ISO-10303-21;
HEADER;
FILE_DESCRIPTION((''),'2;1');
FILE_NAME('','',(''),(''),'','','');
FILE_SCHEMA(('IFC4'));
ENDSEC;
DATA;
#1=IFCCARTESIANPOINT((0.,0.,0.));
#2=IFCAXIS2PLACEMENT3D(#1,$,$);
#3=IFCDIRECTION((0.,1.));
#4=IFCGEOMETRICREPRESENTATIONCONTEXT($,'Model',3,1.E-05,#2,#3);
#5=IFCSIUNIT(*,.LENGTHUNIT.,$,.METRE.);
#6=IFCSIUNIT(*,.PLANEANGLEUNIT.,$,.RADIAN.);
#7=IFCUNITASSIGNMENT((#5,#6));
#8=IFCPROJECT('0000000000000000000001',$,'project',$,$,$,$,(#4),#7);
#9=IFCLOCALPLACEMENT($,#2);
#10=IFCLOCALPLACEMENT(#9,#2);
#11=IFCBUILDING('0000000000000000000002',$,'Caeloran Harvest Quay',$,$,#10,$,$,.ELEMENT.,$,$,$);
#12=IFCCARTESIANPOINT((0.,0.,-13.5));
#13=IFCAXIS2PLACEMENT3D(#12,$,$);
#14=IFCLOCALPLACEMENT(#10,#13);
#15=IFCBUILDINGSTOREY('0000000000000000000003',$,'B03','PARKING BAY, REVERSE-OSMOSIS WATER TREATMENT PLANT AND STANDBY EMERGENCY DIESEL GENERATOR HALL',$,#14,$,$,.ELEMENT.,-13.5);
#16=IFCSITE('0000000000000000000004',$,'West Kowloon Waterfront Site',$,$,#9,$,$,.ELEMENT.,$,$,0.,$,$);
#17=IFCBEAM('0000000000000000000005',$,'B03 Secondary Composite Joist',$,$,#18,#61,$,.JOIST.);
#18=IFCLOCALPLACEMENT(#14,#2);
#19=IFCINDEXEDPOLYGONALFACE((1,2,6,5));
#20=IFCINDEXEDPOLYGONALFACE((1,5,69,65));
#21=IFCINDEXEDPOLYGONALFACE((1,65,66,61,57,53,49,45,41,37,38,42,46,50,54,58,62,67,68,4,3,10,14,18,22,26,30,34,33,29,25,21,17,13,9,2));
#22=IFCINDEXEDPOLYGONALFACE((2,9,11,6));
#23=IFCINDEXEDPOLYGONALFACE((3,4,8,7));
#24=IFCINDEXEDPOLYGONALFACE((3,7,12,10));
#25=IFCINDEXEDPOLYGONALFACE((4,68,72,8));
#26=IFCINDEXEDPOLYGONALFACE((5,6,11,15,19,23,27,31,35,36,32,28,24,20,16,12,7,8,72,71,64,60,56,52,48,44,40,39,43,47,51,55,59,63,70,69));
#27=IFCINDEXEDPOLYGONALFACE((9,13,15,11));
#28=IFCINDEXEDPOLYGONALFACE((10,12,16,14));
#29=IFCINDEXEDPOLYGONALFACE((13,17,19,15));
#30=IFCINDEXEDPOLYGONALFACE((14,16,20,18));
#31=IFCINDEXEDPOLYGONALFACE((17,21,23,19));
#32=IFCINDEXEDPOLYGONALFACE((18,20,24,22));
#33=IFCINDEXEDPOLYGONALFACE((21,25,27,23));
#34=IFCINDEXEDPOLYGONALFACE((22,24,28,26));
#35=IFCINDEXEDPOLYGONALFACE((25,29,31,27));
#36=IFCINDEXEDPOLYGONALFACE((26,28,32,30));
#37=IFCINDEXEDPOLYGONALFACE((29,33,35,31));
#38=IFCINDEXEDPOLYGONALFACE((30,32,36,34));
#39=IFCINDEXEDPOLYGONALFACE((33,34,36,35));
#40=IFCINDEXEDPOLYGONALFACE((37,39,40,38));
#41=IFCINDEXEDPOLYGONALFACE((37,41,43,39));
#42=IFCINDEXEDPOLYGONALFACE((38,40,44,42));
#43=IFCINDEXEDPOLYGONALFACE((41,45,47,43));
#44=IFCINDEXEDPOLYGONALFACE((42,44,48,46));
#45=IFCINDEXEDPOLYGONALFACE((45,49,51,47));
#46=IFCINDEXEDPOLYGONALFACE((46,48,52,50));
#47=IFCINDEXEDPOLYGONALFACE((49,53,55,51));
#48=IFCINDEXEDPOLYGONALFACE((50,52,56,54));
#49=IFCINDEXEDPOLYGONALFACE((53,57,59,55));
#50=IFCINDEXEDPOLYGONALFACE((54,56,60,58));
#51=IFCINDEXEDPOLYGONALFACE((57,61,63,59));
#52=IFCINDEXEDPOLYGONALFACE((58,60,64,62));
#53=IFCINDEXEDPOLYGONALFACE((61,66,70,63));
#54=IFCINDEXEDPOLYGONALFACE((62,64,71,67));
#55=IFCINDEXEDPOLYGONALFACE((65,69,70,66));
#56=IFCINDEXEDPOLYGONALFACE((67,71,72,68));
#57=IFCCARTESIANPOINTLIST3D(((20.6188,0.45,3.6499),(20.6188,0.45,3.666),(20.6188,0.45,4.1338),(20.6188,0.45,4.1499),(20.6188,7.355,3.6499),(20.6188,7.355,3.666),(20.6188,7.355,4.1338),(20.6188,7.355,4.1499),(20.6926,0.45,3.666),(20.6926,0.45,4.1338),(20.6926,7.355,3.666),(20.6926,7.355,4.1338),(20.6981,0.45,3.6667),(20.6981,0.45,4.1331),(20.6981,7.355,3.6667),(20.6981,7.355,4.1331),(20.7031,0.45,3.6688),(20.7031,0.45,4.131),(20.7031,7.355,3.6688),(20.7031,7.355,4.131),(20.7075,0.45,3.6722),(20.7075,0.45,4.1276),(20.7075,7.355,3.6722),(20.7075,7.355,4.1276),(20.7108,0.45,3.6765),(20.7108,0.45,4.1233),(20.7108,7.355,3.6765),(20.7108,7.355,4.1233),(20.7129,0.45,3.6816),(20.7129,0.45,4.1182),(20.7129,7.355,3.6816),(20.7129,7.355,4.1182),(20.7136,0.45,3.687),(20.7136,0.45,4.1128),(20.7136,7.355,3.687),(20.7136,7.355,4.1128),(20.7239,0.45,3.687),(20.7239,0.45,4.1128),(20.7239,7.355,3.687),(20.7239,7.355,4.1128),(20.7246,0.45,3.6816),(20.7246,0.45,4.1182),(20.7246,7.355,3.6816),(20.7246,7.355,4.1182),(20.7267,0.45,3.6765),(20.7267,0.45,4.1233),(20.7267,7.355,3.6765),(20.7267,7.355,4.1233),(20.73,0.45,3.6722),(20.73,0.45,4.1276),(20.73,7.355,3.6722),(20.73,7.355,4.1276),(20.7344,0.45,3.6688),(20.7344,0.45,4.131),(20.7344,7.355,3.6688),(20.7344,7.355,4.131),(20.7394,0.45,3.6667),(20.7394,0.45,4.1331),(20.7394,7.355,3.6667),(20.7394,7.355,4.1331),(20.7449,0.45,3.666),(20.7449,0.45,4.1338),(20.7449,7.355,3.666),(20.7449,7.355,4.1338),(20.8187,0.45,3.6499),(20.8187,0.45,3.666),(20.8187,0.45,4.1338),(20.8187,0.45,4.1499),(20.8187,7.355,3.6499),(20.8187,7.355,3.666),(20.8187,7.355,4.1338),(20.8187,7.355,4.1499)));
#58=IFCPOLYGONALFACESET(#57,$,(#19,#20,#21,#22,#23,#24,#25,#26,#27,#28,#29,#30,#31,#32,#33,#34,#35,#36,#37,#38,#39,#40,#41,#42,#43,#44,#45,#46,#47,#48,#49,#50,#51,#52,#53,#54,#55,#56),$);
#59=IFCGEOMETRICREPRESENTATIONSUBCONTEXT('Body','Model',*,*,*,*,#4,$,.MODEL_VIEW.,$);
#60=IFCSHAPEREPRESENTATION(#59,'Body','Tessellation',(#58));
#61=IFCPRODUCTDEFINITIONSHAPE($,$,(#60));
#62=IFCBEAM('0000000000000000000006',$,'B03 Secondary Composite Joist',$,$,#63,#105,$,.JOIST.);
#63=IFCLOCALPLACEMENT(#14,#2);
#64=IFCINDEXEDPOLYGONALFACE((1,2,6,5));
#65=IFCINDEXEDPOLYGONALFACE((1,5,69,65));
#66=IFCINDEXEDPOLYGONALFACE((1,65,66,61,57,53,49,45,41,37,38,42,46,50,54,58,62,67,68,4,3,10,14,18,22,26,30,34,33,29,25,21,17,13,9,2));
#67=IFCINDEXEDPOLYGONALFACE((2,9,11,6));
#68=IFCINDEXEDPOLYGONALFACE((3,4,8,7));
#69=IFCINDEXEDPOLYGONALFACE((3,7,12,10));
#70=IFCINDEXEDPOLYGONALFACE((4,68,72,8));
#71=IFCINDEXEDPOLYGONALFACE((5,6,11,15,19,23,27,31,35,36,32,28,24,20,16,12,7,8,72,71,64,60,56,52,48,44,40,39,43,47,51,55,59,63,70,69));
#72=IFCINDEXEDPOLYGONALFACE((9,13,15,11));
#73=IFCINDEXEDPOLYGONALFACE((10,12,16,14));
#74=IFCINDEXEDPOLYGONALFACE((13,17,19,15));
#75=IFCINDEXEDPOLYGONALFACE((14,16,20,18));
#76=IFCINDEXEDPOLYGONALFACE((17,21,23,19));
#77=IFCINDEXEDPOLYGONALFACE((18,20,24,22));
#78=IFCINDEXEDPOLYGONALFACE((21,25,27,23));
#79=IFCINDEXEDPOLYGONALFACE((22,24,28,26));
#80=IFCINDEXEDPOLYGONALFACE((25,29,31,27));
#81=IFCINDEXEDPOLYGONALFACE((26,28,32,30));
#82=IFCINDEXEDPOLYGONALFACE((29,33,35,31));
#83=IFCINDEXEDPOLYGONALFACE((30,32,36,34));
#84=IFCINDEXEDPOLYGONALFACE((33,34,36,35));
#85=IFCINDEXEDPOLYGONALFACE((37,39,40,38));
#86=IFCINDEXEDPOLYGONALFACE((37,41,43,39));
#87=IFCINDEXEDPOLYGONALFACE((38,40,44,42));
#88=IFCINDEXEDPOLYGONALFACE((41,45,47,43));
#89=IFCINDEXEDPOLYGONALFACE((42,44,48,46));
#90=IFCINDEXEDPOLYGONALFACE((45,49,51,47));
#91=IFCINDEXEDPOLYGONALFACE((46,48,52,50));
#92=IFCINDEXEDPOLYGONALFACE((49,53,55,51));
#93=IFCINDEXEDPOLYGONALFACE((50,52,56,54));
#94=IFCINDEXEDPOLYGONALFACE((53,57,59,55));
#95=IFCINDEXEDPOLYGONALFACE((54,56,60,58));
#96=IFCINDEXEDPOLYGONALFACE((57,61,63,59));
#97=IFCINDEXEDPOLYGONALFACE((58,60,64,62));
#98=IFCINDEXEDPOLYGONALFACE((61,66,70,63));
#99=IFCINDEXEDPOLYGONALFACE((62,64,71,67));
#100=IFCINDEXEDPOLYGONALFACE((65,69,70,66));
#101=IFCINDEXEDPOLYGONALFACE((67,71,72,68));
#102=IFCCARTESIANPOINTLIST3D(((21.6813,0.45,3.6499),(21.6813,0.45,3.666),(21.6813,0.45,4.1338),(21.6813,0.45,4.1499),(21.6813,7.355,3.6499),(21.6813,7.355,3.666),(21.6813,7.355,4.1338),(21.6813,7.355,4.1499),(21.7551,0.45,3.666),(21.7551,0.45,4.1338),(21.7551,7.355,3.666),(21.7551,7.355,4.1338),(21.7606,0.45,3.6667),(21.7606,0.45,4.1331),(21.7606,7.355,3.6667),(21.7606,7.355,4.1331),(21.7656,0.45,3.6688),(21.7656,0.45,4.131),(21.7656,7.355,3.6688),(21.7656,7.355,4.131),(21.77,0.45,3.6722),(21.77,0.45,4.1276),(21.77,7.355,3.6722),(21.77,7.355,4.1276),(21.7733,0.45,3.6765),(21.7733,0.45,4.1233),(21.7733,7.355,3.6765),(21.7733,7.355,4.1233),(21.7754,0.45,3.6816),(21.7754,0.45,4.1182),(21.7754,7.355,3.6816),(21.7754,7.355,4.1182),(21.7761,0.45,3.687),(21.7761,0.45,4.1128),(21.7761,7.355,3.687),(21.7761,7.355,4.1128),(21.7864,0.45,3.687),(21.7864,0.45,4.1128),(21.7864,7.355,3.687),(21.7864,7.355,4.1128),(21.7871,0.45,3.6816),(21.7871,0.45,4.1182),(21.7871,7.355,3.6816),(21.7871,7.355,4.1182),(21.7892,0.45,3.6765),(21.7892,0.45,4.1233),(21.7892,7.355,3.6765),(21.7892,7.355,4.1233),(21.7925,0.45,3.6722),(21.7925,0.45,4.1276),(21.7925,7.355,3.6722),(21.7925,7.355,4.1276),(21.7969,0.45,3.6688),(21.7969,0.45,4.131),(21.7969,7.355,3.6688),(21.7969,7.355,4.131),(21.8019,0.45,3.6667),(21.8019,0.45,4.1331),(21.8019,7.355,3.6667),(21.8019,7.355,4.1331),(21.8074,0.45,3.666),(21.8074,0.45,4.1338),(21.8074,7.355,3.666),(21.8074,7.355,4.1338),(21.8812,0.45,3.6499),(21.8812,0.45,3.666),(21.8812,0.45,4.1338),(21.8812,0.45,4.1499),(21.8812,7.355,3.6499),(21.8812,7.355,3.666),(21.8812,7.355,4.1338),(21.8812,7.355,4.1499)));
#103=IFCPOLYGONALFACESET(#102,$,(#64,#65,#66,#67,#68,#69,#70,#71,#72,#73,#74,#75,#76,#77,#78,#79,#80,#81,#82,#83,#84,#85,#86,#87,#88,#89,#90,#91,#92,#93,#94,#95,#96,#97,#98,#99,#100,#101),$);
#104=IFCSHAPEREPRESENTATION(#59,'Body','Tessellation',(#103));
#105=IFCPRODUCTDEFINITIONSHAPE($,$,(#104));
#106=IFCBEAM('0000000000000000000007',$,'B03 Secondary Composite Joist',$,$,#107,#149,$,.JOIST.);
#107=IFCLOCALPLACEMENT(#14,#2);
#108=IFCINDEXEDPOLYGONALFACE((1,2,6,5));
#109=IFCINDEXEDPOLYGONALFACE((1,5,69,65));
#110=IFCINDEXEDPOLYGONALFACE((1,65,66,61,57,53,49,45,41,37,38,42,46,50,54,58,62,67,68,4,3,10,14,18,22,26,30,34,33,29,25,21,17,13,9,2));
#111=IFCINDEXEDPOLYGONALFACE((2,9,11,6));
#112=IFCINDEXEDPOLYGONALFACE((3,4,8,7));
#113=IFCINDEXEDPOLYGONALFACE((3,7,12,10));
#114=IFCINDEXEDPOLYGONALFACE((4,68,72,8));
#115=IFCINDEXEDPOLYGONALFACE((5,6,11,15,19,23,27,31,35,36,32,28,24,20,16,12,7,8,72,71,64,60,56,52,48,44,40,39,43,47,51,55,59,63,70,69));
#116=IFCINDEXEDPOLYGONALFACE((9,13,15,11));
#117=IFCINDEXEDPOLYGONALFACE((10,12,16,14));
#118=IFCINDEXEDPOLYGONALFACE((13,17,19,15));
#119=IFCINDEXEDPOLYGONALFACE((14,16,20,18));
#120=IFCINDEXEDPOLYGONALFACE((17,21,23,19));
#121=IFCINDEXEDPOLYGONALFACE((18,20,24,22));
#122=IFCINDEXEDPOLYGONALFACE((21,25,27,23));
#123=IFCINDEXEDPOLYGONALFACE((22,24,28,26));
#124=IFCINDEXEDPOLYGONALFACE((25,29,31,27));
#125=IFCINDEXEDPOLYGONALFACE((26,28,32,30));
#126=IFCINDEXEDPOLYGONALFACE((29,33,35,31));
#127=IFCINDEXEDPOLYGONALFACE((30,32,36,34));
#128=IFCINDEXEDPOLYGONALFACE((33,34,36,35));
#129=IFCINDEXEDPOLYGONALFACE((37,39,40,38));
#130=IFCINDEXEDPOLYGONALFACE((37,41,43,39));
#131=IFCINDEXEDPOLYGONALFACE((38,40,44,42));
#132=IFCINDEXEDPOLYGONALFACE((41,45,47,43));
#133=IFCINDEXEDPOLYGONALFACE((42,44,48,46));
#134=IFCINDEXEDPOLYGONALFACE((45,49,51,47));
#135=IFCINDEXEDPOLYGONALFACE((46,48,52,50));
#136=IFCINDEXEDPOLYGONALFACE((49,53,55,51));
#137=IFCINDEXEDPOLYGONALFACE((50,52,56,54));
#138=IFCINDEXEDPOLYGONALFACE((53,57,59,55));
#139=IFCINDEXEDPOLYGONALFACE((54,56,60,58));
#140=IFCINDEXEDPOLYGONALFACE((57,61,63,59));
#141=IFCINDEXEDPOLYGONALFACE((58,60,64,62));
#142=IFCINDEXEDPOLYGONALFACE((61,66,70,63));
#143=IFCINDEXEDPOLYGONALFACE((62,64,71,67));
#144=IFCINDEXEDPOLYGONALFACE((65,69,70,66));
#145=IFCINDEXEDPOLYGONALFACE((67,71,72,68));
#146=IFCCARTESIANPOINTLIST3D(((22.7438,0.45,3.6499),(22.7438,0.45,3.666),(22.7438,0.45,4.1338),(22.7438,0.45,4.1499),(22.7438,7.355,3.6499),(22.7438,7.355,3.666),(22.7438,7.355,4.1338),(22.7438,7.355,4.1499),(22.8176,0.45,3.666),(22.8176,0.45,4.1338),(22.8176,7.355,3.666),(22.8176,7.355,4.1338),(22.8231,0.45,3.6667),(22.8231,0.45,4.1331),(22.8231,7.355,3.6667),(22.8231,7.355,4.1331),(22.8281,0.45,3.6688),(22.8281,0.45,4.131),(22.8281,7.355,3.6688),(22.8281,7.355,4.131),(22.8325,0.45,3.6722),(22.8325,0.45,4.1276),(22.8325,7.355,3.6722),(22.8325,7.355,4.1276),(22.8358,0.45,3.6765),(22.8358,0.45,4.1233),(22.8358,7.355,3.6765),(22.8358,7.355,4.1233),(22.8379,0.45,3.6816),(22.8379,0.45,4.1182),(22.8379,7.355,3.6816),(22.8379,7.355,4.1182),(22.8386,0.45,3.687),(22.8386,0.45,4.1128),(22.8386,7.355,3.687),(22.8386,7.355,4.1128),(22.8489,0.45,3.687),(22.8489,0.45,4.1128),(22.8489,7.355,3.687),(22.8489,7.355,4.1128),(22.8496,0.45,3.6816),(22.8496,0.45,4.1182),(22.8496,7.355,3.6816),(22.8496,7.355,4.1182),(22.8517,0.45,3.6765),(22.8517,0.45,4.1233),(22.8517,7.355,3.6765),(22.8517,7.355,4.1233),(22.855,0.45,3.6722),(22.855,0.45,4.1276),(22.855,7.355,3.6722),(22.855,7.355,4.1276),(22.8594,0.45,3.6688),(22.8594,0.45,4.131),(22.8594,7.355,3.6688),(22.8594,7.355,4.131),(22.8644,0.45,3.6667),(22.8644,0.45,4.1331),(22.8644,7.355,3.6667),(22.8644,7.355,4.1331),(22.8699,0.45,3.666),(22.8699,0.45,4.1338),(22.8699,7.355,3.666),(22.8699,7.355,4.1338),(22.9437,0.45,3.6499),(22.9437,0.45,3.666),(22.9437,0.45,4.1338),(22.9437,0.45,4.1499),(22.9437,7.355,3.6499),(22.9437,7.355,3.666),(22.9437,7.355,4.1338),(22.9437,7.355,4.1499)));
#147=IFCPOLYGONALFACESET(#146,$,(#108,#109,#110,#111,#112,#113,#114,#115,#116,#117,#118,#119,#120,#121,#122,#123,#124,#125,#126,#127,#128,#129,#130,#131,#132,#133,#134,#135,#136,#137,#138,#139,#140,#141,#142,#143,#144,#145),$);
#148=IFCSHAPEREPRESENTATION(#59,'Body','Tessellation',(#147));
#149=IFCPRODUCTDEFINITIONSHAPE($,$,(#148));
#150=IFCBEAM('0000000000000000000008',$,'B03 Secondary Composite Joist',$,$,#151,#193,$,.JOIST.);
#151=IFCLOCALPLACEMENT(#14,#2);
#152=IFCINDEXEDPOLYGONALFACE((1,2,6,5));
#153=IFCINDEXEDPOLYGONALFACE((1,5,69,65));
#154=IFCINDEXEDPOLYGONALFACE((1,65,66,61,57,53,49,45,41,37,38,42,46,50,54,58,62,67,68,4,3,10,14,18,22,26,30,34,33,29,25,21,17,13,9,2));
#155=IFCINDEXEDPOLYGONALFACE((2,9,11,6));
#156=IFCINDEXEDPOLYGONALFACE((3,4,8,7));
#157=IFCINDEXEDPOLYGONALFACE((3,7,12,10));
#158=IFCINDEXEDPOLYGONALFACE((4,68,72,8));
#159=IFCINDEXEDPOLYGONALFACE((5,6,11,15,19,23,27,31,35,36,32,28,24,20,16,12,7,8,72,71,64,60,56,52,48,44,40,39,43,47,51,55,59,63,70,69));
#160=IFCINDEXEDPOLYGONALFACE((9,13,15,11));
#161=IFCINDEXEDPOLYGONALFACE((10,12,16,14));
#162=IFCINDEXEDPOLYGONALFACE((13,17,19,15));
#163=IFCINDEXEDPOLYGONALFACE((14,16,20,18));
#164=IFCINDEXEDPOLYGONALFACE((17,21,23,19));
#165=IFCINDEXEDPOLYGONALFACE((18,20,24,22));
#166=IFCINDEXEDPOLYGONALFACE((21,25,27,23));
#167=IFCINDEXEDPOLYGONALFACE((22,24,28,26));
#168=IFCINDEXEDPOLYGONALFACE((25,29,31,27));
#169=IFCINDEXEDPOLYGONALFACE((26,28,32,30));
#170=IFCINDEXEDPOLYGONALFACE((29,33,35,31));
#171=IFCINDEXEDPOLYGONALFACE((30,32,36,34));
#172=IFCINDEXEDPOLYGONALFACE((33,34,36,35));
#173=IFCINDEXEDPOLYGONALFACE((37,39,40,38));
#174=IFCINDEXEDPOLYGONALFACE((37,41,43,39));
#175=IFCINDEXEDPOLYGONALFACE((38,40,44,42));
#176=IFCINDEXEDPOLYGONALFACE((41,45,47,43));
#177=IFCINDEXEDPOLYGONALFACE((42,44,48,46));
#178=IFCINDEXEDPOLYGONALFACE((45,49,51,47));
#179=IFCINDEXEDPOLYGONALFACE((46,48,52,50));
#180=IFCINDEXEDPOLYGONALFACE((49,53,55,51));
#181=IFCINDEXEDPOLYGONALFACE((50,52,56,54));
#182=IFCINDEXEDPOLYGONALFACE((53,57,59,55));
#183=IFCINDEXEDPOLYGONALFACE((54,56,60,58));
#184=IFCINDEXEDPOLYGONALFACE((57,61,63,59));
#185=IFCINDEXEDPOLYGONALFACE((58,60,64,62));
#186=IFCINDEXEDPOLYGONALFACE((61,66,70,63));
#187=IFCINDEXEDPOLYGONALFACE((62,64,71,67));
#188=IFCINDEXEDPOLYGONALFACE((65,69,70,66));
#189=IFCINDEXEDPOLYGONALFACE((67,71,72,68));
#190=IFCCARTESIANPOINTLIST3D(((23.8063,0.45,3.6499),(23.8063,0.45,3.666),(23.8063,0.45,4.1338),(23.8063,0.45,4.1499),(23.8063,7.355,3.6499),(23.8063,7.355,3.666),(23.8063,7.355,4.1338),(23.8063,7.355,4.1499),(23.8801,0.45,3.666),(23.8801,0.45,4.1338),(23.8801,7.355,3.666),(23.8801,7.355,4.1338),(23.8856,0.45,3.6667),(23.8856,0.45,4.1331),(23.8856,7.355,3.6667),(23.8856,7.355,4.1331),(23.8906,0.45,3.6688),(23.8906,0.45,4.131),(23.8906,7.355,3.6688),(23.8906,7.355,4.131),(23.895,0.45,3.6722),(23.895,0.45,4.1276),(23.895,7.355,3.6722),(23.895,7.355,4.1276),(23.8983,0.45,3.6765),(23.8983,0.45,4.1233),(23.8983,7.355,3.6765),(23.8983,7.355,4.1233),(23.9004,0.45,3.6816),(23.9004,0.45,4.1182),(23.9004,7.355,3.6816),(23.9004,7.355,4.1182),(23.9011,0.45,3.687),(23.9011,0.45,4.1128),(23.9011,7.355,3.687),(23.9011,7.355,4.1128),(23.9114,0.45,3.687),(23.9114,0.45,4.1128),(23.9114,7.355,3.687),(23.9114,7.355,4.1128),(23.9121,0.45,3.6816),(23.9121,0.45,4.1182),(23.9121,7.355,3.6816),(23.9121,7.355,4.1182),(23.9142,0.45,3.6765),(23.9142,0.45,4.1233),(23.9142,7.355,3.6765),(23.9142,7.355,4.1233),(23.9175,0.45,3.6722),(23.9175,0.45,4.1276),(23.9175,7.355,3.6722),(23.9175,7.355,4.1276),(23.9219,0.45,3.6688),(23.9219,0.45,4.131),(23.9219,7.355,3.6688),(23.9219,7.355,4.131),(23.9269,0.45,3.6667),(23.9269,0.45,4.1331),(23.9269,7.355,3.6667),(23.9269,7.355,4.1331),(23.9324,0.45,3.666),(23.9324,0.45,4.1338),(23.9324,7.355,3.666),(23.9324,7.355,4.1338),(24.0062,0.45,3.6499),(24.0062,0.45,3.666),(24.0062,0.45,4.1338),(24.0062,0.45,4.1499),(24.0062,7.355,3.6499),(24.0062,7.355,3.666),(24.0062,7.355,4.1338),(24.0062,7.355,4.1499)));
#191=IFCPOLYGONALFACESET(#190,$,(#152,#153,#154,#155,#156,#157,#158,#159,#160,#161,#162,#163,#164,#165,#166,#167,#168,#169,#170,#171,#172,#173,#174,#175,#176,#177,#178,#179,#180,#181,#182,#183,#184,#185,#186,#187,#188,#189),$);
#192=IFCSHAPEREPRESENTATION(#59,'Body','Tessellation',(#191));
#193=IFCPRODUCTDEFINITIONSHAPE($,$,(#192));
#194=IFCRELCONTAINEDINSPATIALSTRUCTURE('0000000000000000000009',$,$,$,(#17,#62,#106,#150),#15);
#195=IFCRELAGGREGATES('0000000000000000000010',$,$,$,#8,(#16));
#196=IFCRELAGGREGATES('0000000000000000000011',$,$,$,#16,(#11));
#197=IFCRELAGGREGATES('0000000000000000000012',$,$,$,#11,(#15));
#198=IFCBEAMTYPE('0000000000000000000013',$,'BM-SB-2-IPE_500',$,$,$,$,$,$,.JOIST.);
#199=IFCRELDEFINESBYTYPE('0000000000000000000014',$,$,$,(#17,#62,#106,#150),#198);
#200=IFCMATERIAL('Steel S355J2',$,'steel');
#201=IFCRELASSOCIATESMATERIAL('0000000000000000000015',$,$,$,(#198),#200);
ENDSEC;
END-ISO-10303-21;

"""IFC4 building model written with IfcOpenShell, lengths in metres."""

from ifc_helpers import new_model, si_unit, direction, frame, origin, origin_2d, place, context, subcontext, project, spatial, i_section, extrude, material, material_profile, profile_set, type_object, element, save


model = new_model("IFC4")

# Units and contexts
model_context = context("Model", 3, precision=1e-05, world=origin(), true_north=direction((0.0, 1.0)))
body_context = subcontext(model_context, "Body", "Model", "MODEL_VIEW")
ifc_project = project(units=[si_unit("LENGTHUNIT", "METRE"), si_unit("PLANEANGLEUNIT", "RADIAN")], contexts=[model_context])

# Site, building, storey
site_placement = place(None, origin())
site = spatial("IfcSite", under=ifc_project, at=site_placement, Name="West Kowloon Waterfront Site", CompositionType="ELEMENT", RefElevation=0.0)
building_placement = place(site_placement, origin())
building = spatial("IfcBuilding", under=site, at=building_placement, Name="Caeloran Harvest Quay", CompositionType="ELEMENT")
storey_placement = place(building_placement, frame((0.0, 0.0, -13.5)))
storey = spatial("IfcBuildingStorey", under=building, at=storey_placement, Name="B03", Description="PARKING BAY, REVERSE-OSMOSIS WATER TREATMENT PLANT AND STANDBY EMERGENCY DIESEL GENERATOR HALL", CompositionType="ELEMENT", Elevation=-13.5)

# Beams
ifc_material_1 = material(Name="Steel S355J2", Category="steel")
ifc_material_profile_1 = material_profile(ifc_material_1, i_section(OverallWidth=0.2, OverallDepth=0.5, WebThickness=0.0103, FlangeThickness=0.0161, FilletRadius=0.021, at=origin_2d()), Name="IPE 500")
ifc_profile_set_1 = profile_set([ifc_material_profile_1], Name="Steel S355J2")
beam_type_1 = type_object("IfcBeamType", Name="BM-SB-2-IPE_500", PredefinedType="JOIST", material=ifc_profile_set_1)
for number, where, z_axis, x_axis, name in (
    (1, (20.7188, 0.45, 3.8999), (0.0, 1.0, 0.0), (-1.0, 0.0, 0.0), "B03 Secondary Composite Joist"),
    (2, (21.7812, 0.45, 3.8999), (0.0, 1.0, 0.0), (-1.0, 0.0, 0.0), "B03 Secondary Composite Joist"),
    (3, (22.8438, 0.45, 3.8999), (0.0, 1.0, 0.0), (-1.0, 0.0, 0.0), "B03 Secondary Composite Joist"),
    (4, (23.9062, 0.45, 3.8999), (0.0, 1.0, 0.0), (-1.0, 0.0, 0.0), "B03 Secondary Composite Joist"),
):
    element("IfcBeam", number, at=place(storey_placement, frame(where, z_axis=z_axis, x_axis=x_axis)), inside=storey, type_object=beam_type_1, Name=name, PredefinedType="JOIST", context=body_context, shape_type="SweptSolid", body=[
        extrude(i_section(OverallWidth=0.2, OverallDepth=0.5, WebThickness=0.0103, FlangeThickness=0.0161, FilletRadius=0.021, at=origin_2d()), origin(), (0.0, 0.0, 1.0), 6.905),
    ])

save(model, "model.ifc")
